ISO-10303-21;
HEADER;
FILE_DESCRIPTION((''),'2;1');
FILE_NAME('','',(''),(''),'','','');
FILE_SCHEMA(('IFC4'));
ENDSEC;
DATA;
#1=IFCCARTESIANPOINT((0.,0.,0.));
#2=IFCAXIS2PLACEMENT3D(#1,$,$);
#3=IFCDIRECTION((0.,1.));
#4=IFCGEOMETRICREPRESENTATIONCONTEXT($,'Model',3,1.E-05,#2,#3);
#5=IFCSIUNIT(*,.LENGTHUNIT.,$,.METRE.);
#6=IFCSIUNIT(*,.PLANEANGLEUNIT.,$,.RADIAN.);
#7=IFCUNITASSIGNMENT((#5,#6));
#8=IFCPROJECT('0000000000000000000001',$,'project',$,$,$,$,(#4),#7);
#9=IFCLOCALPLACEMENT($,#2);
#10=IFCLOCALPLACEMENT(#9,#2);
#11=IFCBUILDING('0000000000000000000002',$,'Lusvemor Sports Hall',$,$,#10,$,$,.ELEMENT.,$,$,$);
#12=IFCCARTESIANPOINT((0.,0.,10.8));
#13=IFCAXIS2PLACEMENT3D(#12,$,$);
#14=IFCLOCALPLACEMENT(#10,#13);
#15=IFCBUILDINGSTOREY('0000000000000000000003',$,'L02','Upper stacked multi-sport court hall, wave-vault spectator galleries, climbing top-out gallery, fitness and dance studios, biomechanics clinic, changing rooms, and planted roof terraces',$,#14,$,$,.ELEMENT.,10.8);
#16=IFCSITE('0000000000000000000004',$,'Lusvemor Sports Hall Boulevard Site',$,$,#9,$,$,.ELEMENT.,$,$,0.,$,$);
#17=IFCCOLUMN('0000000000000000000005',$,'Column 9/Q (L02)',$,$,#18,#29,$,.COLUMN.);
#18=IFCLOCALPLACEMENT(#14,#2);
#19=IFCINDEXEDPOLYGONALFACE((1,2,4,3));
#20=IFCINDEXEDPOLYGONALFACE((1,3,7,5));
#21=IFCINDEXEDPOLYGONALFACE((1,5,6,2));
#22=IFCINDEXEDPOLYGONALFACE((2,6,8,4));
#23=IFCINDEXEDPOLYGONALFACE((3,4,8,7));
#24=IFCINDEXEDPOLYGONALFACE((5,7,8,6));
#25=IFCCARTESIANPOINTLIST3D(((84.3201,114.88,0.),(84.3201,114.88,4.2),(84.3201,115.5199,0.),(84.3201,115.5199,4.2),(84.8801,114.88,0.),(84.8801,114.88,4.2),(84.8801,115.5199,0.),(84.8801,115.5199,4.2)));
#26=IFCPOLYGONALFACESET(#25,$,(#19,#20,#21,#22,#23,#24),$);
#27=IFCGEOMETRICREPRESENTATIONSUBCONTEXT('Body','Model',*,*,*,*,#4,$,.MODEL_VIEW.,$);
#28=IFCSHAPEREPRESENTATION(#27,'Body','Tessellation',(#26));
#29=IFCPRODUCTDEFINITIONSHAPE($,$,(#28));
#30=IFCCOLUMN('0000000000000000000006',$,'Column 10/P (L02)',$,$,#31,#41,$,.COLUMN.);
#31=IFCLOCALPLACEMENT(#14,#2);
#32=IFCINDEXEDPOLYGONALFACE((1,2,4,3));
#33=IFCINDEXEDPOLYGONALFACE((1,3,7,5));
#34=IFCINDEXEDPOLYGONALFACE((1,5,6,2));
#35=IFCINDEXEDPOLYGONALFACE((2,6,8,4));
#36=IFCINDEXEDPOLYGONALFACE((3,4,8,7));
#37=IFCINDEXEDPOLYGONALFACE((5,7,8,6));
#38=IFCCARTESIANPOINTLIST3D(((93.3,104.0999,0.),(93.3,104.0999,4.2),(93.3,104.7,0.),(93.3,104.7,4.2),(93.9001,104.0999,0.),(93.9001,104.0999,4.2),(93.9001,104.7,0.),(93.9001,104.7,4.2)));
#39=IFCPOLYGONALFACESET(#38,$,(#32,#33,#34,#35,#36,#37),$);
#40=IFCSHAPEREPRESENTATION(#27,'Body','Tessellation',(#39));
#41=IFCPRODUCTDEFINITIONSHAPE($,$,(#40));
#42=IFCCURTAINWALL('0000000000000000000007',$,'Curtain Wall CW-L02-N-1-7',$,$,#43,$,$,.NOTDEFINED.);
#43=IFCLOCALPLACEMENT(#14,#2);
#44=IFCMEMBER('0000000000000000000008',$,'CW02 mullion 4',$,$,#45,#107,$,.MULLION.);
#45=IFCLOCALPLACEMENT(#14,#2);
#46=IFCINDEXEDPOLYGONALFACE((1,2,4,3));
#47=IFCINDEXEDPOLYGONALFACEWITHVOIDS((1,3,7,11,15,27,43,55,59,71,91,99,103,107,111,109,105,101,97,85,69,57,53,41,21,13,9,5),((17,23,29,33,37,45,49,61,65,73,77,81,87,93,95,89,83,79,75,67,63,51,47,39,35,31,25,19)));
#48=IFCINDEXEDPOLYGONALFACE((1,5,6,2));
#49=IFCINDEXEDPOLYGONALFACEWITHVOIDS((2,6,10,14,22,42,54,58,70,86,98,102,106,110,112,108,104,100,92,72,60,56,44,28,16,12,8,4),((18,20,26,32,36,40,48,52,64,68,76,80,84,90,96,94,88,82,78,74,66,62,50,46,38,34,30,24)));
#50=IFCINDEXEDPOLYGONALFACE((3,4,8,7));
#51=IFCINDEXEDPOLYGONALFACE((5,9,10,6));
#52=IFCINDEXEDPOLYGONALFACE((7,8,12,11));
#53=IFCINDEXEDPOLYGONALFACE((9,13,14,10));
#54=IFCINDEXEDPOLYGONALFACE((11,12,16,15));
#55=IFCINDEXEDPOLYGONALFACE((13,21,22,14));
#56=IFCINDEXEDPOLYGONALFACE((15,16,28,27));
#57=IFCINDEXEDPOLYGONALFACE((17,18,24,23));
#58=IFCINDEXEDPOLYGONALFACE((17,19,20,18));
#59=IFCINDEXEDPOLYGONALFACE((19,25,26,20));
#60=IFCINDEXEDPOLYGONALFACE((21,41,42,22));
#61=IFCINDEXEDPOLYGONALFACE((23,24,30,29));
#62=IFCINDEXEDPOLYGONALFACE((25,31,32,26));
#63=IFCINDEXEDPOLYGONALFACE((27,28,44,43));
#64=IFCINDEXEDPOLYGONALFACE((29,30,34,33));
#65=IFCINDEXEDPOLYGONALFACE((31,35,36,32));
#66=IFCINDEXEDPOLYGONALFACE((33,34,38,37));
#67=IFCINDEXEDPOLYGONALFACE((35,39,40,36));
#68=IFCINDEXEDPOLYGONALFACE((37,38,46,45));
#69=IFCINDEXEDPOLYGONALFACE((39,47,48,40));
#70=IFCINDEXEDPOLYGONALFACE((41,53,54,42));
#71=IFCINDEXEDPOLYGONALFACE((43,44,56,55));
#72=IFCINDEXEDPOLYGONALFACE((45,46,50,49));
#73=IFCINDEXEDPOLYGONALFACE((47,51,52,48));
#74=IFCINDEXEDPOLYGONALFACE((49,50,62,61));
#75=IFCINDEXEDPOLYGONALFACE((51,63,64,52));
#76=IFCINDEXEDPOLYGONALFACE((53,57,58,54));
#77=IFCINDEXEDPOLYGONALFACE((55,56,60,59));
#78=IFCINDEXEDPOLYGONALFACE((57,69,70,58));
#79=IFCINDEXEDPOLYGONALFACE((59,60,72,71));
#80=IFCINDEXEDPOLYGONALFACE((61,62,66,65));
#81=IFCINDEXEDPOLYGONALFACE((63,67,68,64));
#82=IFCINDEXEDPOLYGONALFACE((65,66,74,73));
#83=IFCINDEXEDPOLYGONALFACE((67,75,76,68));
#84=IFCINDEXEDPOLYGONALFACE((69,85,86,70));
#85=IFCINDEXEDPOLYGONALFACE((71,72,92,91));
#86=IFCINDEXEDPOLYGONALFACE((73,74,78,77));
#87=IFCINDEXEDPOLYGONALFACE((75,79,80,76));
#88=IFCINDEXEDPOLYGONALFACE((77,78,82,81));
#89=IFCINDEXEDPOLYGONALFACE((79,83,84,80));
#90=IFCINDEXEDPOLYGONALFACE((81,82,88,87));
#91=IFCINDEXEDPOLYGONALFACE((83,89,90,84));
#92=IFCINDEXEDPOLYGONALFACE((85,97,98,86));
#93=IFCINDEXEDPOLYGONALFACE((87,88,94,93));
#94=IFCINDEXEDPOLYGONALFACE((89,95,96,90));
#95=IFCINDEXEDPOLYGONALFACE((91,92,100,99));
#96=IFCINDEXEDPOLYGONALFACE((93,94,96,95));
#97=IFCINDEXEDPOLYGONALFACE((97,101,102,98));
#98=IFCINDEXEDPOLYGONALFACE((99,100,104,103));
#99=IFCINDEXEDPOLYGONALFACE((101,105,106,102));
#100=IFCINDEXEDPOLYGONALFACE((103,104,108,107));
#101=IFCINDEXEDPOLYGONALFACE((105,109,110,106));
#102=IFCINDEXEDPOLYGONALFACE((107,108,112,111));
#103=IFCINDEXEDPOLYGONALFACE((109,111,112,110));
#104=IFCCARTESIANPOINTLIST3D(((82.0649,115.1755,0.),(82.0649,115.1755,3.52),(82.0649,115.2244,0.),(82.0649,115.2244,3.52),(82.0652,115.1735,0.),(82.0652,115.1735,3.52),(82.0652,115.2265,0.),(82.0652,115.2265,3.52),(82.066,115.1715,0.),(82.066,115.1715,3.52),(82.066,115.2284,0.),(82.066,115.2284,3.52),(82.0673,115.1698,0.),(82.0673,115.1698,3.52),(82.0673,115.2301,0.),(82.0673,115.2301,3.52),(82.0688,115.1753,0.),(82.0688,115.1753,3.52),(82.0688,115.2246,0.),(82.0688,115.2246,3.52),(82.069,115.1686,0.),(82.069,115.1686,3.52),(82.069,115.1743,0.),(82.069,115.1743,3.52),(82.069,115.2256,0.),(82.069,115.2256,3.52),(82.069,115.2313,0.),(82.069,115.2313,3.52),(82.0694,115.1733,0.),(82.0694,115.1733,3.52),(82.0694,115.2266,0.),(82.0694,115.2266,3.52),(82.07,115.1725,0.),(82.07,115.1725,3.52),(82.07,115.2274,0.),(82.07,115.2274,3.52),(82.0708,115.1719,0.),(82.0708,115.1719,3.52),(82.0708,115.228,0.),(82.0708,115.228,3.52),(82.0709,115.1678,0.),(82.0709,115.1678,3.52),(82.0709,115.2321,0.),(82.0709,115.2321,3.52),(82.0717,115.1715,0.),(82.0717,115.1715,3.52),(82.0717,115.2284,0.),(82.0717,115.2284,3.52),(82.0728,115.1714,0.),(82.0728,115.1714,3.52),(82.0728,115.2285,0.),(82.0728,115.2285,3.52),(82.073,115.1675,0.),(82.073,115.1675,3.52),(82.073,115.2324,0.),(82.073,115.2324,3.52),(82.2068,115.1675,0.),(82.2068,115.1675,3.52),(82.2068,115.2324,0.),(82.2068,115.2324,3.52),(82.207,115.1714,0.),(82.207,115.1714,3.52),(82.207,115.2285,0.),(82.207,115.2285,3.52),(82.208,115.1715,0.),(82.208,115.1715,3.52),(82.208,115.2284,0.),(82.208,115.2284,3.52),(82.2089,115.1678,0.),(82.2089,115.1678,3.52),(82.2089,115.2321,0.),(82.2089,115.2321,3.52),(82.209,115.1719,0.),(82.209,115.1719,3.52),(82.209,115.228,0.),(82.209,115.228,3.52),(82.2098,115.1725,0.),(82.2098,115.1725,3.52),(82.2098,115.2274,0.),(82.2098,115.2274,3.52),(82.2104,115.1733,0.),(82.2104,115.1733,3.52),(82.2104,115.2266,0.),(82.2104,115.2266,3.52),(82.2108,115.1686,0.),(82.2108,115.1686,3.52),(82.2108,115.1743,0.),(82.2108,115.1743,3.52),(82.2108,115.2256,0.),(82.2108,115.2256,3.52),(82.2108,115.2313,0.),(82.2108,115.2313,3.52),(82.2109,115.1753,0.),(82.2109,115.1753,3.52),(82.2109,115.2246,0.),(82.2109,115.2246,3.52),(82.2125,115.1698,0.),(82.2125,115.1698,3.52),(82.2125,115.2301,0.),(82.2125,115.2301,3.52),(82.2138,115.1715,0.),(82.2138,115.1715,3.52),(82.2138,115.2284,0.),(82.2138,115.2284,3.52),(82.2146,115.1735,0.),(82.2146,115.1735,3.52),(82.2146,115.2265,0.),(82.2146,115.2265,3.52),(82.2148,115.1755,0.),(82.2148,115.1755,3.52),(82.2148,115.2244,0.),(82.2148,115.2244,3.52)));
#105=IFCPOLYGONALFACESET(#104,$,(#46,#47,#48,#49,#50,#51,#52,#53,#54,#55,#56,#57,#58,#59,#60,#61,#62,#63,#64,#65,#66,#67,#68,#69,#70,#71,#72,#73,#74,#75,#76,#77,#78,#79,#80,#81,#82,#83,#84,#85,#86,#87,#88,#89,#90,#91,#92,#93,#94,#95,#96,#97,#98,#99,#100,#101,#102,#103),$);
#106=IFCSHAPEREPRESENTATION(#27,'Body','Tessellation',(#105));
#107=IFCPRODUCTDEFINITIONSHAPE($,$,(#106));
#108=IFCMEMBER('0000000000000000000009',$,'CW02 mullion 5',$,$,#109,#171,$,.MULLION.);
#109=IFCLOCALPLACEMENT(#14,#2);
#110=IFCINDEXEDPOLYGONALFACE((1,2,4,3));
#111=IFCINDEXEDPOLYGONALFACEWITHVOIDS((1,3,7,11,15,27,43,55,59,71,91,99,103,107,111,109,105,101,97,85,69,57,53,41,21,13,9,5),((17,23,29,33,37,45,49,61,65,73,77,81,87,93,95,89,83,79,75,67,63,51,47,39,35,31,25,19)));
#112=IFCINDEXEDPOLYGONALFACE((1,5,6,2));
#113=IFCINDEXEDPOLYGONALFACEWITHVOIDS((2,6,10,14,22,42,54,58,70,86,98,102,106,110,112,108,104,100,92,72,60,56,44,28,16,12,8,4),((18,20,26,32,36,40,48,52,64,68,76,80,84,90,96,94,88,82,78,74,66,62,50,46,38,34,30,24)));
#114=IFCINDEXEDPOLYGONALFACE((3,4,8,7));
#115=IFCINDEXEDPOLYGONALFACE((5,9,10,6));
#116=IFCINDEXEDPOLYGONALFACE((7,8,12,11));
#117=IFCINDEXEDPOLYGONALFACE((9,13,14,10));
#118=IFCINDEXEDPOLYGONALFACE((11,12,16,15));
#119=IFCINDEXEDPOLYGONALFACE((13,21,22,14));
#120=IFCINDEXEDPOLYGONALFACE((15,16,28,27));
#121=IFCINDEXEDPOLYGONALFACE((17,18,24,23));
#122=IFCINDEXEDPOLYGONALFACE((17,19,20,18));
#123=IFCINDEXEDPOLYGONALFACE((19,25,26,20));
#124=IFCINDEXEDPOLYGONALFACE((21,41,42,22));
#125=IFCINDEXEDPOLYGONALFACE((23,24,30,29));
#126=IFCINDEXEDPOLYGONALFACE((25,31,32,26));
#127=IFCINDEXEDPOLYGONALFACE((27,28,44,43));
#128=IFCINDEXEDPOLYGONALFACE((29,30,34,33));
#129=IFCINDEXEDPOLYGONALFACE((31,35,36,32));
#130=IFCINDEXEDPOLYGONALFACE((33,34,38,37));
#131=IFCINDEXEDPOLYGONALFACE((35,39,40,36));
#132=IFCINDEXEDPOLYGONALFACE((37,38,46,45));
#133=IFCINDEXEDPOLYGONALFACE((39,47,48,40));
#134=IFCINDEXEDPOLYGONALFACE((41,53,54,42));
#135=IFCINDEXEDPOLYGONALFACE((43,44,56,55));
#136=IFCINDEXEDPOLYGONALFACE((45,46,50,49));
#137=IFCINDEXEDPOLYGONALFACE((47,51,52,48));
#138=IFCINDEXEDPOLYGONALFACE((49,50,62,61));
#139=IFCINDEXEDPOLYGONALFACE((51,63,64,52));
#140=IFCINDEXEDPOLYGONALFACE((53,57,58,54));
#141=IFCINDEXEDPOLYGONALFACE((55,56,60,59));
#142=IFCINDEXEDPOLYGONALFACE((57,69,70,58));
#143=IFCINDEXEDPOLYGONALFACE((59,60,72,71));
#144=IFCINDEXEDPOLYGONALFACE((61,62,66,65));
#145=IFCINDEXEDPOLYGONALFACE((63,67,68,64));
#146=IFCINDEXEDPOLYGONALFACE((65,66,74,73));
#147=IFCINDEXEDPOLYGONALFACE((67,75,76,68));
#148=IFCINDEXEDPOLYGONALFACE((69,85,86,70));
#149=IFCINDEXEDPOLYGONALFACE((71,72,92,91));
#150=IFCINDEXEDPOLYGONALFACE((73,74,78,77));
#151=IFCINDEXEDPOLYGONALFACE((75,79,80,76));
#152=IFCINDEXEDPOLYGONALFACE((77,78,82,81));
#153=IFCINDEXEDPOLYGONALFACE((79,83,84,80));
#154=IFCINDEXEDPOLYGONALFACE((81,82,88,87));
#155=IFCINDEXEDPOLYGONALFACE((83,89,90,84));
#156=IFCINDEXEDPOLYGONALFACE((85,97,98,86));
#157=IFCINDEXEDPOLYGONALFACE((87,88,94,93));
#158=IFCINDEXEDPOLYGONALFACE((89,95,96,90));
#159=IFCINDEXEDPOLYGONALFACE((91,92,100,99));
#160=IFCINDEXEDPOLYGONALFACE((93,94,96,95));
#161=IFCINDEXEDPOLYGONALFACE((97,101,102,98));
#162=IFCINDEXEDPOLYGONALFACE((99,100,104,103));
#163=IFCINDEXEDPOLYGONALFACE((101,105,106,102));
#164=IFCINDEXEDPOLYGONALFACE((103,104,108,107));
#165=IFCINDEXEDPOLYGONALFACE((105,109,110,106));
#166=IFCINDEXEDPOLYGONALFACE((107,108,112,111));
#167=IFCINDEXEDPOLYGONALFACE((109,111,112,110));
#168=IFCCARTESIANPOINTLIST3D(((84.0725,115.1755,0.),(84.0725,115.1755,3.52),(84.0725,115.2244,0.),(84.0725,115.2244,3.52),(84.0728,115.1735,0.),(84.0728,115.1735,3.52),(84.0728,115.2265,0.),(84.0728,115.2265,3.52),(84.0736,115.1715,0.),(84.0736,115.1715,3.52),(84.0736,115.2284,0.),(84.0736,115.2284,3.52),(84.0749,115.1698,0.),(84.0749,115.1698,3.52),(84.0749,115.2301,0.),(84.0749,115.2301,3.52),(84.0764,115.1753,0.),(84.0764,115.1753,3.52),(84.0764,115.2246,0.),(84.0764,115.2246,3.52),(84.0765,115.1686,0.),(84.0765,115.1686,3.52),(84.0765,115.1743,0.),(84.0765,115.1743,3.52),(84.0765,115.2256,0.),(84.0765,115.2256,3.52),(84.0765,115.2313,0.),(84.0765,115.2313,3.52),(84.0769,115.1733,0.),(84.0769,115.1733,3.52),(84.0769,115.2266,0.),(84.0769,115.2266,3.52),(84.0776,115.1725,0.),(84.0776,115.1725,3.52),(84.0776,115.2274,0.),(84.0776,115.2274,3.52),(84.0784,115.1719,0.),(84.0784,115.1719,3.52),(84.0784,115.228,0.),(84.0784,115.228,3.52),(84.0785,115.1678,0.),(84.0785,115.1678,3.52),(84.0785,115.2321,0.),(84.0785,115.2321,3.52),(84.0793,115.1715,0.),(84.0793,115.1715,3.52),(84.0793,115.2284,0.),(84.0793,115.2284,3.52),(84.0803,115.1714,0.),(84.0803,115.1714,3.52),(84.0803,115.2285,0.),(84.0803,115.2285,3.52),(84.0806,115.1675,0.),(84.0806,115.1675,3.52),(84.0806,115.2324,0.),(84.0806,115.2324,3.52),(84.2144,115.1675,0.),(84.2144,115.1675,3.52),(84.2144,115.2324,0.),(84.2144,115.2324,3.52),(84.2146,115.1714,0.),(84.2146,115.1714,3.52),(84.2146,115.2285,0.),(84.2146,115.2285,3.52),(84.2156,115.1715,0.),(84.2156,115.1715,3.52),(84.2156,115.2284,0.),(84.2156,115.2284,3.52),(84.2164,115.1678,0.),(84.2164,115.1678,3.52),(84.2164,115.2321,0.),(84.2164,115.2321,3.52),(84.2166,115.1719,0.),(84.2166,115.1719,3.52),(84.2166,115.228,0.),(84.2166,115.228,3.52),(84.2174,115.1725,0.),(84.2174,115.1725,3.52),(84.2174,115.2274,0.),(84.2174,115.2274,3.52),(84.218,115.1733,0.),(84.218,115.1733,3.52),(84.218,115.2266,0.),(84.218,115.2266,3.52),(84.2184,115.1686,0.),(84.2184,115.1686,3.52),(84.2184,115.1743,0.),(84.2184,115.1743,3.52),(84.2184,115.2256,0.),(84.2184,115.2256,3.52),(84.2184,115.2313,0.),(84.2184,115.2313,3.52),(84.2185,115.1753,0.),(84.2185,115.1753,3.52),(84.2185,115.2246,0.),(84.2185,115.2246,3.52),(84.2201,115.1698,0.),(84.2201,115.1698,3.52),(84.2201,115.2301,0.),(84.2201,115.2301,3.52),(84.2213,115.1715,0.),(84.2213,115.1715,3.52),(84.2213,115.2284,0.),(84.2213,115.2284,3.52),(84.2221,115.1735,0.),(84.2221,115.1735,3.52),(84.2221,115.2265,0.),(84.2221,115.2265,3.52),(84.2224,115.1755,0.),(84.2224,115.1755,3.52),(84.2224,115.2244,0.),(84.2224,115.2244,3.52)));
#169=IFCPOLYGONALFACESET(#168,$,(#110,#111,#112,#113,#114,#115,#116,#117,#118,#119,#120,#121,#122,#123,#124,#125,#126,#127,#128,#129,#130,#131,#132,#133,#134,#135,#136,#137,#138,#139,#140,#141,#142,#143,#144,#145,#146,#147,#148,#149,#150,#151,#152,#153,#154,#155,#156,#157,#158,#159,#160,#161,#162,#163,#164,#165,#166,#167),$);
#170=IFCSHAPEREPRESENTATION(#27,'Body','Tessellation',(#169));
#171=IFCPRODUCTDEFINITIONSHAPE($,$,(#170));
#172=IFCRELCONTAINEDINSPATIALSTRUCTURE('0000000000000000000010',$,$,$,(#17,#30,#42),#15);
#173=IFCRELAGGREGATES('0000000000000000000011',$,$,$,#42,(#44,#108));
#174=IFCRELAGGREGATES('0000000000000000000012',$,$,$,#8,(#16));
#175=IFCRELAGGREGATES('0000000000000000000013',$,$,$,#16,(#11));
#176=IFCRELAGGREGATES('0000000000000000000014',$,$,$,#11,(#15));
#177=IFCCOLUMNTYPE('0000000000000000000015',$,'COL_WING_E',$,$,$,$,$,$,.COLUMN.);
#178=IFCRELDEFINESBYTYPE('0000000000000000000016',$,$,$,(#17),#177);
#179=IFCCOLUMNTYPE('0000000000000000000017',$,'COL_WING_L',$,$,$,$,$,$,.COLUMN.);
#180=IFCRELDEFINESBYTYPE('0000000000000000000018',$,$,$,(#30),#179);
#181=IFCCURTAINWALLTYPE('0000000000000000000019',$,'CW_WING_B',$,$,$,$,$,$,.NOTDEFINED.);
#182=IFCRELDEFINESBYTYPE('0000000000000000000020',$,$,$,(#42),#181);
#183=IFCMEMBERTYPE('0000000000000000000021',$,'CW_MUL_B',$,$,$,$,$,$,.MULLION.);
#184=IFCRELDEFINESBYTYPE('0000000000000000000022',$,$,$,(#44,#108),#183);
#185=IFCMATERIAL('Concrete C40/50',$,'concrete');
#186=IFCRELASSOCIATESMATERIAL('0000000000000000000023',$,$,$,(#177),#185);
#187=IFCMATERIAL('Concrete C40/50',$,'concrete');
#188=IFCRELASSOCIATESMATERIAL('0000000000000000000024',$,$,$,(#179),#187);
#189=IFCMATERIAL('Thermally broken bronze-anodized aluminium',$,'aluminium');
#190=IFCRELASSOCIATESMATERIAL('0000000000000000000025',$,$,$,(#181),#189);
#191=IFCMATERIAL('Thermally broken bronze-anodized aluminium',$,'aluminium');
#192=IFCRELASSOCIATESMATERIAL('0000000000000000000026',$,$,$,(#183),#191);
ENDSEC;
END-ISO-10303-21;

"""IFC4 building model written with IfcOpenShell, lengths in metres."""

from ifc_helpers import new_model, si_unit, direction, frame, origin, origin_2d, place, context, subcontext, project, spatial, rectangle, hollow_rectangle, extrude, material, material_profile, profile_set, type_object, element, aggregate, save


model = new_model("IFC4")

# Units and contexts
model_context = context("Model", 3, precision=1e-05, world=origin(), true_north=direction((0.0, 1.0)))
body_context = subcontext(model_context, "Body", "Model", "MODEL_VIEW")
ifc_project = project(units=[si_unit("LENGTHUNIT", "METRE"), si_unit("PLANEANGLEUNIT", "RADIAN")], contexts=[model_context])

# Site, building, storey
site_placement = place(None, origin())
site = spatial("IfcSite", under=ifc_project, at=site_placement, Name="Lusvemor Sports Hall Boulevard Site", CompositionType="ELEMENT", RefElevation=0.0)
building_placement = place(site_placement, origin())
building = spatial("IfcBuilding", under=site, at=building_placement, Name="Lusvemor Sports Hall", CompositionType="ELEMENT")
storey_placement = place(building_placement, frame((0.0, 0.0, 10.8)))
storey = spatial("IfcBuildingStorey", under=building, at=storey_placement, Name="L02", Description="Upper stacked multi-sport court hall, wave-vault spectator galleries, climbing top-out gallery, fitness and dance studios, biomechanics clinic, changing rooms, and planted roof terraces", CompositionType="ELEMENT", Elevation=10.8)

# Columns
ifc_material_1 = material(Name="Concrete C40/50", Category="concrete")
ifc_material_profile_1 = material_profile(ifc_material_1, rectangle(XDim=0.5601, YDim=0.6399, at=origin_2d()), Name="RC560x640")
ifc_profile_set_1 = profile_set([ifc_material_profile_1], Name="Concrete C40/50")
column_type_1 = type_object("IfcColumnType", Name="COL_WING_E", PredefinedType="COLUMN", material=ifc_profile_set_1)
column_1_placement = place(storey_placement, frame((84.6001, 115.2, 0.0), z_axis=(0.0, 0.0, 1.0), x_axis=(1.0, 0.0, 0.0)))
element("IfcColumn", 1, at=column_1_placement, inside=storey, type_object=column_type_1, Name="Column 9/Q (L02)", PredefinedType="COLUMN", context=body_context, shape_type="SweptSolid", body=[
    extrude(rectangle(XDim=0.5601, YDim=0.6399, at=origin_2d()), origin(), (0.0, 0.0, 1.0), 4.2),
])
ifc_material_2 = material(Name="Concrete C40/50", Category="concrete")
ifc_material_profile_2 = material_profile(ifc_material_2, rectangle(XDim=0.6001, YDim=0.6001, at=origin_2d()), Name="RC600x600")
ifc_profile_set_2 = profile_set([ifc_material_profile_2], Name="Concrete C40/50")
column_type_2 = type_object("IfcColumnType", Name="COL_WING_L", PredefinedType="COLUMN", material=ifc_profile_set_2)
column_2_placement = place(storey_placement, frame((93.6001, 104.3999, 0.0), z_axis=(0.0, 0.0, 1.0), x_axis=(1.0, 0.0, 0.0)))
element("IfcColumn", 2, at=column_2_placement, inside=storey, type_object=column_type_2, Name="Column 10/P (L02)", PredefinedType="COLUMN", context=body_context, shape_type="SweptSolid", body=[
    extrude(rectangle(XDim=0.6001, YDim=0.6001, at=origin_2d()), origin(), (0.0, 0.0, 1.0), 4.2),
])

# Curtain wall, members
ifc_material_3 = material(Name="Thermally broken bronze-anodized aluminium", Category="aluminium")
curtain_wall_type = type_object("IfcCurtainWallType", Name="CW_WING_B", PredefinedType="NOTDEFINED", material=ifc_material_3)
curtain_wall_1_placement = place(storey_placement, origin())
curtain_wall_1 = element("IfcCurtainWall", 3, at=curtain_wall_1_placement, inside=storey, type_object=curtain_wall_type, Name="Curtain Wall CW-L02-N-1-7", PredefinedType="NOTDEFINED")
ifc_material_4 = material(Name="Thermally broken bronze-anodized aluminium", Category="aluminium")
ifc_material_profile_3 = material_profile(ifc_material_4, hollow_rectangle(XDim=0.0649, YDim=0.1499, WallThickness=0.0039, InnerFilletRadius=0.0039, OuterFilletRadius=0.0081, at=origin_2d()), Name="CWMUL150x65x4")
ifc_profile_set_3 = profile_set([ifc_material_profile_3], Name="Thermally broken bronze-anodized aluminium")
member_type_1 = type_object("IfcMemberType", Name="CW_MUL_B", PredefinedType="MULLION", material=ifc_profile_set_3)
member_1_placement = place(storey_placement, frame((82.1399, 115.2, 0.0), z_axis=(0.0, 0.0, 1.0), x_axis=(0.0, 1.0, 0.0)))
member_1 = element("IfcMember", 4, at=member_1_placement, type_object=member_type_1, Name="CW02 mullion 4", PredefinedType="MULLION", context=body_context, shape_type="SweptSolid", body=[
    extrude(hollow_rectangle(XDim=0.0649, YDim=0.1499, WallThickness=0.0039, InnerFilletRadius=0.0039, OuterFilletRadius=0.0081, at=origin_2d()), origin(), (0.0, 0.0, 1.0), 3.52),
])
member_2_placement = place(storey_placement, frame((84.1475, 115.2, 0.0), z_axis=(0.0, 0.0, 1.0), x_axis=(0.0, 1.0, 0.0)))
member_2 = element("IfcMember", 5, at=member_2_placement, type_object=member_type_1, Name="CW02 mullion 5", PredefinedType="MULLION", context=body_context, shape_type="SweptSolid", body=[
    extrude(hollow_rectangle(XDim=0.0649, YDim=0.1499, WallThickness=0.0039, InnerFilletRadius=0.0039, OuterFilletRadius=0.0081, at=origin_2d()), origin(), (0.0, 0.0, 1.0), 3.52),
])

aggregate(curtain_wall_1, [member_1, member_2])

save(model, "model.ifc")
